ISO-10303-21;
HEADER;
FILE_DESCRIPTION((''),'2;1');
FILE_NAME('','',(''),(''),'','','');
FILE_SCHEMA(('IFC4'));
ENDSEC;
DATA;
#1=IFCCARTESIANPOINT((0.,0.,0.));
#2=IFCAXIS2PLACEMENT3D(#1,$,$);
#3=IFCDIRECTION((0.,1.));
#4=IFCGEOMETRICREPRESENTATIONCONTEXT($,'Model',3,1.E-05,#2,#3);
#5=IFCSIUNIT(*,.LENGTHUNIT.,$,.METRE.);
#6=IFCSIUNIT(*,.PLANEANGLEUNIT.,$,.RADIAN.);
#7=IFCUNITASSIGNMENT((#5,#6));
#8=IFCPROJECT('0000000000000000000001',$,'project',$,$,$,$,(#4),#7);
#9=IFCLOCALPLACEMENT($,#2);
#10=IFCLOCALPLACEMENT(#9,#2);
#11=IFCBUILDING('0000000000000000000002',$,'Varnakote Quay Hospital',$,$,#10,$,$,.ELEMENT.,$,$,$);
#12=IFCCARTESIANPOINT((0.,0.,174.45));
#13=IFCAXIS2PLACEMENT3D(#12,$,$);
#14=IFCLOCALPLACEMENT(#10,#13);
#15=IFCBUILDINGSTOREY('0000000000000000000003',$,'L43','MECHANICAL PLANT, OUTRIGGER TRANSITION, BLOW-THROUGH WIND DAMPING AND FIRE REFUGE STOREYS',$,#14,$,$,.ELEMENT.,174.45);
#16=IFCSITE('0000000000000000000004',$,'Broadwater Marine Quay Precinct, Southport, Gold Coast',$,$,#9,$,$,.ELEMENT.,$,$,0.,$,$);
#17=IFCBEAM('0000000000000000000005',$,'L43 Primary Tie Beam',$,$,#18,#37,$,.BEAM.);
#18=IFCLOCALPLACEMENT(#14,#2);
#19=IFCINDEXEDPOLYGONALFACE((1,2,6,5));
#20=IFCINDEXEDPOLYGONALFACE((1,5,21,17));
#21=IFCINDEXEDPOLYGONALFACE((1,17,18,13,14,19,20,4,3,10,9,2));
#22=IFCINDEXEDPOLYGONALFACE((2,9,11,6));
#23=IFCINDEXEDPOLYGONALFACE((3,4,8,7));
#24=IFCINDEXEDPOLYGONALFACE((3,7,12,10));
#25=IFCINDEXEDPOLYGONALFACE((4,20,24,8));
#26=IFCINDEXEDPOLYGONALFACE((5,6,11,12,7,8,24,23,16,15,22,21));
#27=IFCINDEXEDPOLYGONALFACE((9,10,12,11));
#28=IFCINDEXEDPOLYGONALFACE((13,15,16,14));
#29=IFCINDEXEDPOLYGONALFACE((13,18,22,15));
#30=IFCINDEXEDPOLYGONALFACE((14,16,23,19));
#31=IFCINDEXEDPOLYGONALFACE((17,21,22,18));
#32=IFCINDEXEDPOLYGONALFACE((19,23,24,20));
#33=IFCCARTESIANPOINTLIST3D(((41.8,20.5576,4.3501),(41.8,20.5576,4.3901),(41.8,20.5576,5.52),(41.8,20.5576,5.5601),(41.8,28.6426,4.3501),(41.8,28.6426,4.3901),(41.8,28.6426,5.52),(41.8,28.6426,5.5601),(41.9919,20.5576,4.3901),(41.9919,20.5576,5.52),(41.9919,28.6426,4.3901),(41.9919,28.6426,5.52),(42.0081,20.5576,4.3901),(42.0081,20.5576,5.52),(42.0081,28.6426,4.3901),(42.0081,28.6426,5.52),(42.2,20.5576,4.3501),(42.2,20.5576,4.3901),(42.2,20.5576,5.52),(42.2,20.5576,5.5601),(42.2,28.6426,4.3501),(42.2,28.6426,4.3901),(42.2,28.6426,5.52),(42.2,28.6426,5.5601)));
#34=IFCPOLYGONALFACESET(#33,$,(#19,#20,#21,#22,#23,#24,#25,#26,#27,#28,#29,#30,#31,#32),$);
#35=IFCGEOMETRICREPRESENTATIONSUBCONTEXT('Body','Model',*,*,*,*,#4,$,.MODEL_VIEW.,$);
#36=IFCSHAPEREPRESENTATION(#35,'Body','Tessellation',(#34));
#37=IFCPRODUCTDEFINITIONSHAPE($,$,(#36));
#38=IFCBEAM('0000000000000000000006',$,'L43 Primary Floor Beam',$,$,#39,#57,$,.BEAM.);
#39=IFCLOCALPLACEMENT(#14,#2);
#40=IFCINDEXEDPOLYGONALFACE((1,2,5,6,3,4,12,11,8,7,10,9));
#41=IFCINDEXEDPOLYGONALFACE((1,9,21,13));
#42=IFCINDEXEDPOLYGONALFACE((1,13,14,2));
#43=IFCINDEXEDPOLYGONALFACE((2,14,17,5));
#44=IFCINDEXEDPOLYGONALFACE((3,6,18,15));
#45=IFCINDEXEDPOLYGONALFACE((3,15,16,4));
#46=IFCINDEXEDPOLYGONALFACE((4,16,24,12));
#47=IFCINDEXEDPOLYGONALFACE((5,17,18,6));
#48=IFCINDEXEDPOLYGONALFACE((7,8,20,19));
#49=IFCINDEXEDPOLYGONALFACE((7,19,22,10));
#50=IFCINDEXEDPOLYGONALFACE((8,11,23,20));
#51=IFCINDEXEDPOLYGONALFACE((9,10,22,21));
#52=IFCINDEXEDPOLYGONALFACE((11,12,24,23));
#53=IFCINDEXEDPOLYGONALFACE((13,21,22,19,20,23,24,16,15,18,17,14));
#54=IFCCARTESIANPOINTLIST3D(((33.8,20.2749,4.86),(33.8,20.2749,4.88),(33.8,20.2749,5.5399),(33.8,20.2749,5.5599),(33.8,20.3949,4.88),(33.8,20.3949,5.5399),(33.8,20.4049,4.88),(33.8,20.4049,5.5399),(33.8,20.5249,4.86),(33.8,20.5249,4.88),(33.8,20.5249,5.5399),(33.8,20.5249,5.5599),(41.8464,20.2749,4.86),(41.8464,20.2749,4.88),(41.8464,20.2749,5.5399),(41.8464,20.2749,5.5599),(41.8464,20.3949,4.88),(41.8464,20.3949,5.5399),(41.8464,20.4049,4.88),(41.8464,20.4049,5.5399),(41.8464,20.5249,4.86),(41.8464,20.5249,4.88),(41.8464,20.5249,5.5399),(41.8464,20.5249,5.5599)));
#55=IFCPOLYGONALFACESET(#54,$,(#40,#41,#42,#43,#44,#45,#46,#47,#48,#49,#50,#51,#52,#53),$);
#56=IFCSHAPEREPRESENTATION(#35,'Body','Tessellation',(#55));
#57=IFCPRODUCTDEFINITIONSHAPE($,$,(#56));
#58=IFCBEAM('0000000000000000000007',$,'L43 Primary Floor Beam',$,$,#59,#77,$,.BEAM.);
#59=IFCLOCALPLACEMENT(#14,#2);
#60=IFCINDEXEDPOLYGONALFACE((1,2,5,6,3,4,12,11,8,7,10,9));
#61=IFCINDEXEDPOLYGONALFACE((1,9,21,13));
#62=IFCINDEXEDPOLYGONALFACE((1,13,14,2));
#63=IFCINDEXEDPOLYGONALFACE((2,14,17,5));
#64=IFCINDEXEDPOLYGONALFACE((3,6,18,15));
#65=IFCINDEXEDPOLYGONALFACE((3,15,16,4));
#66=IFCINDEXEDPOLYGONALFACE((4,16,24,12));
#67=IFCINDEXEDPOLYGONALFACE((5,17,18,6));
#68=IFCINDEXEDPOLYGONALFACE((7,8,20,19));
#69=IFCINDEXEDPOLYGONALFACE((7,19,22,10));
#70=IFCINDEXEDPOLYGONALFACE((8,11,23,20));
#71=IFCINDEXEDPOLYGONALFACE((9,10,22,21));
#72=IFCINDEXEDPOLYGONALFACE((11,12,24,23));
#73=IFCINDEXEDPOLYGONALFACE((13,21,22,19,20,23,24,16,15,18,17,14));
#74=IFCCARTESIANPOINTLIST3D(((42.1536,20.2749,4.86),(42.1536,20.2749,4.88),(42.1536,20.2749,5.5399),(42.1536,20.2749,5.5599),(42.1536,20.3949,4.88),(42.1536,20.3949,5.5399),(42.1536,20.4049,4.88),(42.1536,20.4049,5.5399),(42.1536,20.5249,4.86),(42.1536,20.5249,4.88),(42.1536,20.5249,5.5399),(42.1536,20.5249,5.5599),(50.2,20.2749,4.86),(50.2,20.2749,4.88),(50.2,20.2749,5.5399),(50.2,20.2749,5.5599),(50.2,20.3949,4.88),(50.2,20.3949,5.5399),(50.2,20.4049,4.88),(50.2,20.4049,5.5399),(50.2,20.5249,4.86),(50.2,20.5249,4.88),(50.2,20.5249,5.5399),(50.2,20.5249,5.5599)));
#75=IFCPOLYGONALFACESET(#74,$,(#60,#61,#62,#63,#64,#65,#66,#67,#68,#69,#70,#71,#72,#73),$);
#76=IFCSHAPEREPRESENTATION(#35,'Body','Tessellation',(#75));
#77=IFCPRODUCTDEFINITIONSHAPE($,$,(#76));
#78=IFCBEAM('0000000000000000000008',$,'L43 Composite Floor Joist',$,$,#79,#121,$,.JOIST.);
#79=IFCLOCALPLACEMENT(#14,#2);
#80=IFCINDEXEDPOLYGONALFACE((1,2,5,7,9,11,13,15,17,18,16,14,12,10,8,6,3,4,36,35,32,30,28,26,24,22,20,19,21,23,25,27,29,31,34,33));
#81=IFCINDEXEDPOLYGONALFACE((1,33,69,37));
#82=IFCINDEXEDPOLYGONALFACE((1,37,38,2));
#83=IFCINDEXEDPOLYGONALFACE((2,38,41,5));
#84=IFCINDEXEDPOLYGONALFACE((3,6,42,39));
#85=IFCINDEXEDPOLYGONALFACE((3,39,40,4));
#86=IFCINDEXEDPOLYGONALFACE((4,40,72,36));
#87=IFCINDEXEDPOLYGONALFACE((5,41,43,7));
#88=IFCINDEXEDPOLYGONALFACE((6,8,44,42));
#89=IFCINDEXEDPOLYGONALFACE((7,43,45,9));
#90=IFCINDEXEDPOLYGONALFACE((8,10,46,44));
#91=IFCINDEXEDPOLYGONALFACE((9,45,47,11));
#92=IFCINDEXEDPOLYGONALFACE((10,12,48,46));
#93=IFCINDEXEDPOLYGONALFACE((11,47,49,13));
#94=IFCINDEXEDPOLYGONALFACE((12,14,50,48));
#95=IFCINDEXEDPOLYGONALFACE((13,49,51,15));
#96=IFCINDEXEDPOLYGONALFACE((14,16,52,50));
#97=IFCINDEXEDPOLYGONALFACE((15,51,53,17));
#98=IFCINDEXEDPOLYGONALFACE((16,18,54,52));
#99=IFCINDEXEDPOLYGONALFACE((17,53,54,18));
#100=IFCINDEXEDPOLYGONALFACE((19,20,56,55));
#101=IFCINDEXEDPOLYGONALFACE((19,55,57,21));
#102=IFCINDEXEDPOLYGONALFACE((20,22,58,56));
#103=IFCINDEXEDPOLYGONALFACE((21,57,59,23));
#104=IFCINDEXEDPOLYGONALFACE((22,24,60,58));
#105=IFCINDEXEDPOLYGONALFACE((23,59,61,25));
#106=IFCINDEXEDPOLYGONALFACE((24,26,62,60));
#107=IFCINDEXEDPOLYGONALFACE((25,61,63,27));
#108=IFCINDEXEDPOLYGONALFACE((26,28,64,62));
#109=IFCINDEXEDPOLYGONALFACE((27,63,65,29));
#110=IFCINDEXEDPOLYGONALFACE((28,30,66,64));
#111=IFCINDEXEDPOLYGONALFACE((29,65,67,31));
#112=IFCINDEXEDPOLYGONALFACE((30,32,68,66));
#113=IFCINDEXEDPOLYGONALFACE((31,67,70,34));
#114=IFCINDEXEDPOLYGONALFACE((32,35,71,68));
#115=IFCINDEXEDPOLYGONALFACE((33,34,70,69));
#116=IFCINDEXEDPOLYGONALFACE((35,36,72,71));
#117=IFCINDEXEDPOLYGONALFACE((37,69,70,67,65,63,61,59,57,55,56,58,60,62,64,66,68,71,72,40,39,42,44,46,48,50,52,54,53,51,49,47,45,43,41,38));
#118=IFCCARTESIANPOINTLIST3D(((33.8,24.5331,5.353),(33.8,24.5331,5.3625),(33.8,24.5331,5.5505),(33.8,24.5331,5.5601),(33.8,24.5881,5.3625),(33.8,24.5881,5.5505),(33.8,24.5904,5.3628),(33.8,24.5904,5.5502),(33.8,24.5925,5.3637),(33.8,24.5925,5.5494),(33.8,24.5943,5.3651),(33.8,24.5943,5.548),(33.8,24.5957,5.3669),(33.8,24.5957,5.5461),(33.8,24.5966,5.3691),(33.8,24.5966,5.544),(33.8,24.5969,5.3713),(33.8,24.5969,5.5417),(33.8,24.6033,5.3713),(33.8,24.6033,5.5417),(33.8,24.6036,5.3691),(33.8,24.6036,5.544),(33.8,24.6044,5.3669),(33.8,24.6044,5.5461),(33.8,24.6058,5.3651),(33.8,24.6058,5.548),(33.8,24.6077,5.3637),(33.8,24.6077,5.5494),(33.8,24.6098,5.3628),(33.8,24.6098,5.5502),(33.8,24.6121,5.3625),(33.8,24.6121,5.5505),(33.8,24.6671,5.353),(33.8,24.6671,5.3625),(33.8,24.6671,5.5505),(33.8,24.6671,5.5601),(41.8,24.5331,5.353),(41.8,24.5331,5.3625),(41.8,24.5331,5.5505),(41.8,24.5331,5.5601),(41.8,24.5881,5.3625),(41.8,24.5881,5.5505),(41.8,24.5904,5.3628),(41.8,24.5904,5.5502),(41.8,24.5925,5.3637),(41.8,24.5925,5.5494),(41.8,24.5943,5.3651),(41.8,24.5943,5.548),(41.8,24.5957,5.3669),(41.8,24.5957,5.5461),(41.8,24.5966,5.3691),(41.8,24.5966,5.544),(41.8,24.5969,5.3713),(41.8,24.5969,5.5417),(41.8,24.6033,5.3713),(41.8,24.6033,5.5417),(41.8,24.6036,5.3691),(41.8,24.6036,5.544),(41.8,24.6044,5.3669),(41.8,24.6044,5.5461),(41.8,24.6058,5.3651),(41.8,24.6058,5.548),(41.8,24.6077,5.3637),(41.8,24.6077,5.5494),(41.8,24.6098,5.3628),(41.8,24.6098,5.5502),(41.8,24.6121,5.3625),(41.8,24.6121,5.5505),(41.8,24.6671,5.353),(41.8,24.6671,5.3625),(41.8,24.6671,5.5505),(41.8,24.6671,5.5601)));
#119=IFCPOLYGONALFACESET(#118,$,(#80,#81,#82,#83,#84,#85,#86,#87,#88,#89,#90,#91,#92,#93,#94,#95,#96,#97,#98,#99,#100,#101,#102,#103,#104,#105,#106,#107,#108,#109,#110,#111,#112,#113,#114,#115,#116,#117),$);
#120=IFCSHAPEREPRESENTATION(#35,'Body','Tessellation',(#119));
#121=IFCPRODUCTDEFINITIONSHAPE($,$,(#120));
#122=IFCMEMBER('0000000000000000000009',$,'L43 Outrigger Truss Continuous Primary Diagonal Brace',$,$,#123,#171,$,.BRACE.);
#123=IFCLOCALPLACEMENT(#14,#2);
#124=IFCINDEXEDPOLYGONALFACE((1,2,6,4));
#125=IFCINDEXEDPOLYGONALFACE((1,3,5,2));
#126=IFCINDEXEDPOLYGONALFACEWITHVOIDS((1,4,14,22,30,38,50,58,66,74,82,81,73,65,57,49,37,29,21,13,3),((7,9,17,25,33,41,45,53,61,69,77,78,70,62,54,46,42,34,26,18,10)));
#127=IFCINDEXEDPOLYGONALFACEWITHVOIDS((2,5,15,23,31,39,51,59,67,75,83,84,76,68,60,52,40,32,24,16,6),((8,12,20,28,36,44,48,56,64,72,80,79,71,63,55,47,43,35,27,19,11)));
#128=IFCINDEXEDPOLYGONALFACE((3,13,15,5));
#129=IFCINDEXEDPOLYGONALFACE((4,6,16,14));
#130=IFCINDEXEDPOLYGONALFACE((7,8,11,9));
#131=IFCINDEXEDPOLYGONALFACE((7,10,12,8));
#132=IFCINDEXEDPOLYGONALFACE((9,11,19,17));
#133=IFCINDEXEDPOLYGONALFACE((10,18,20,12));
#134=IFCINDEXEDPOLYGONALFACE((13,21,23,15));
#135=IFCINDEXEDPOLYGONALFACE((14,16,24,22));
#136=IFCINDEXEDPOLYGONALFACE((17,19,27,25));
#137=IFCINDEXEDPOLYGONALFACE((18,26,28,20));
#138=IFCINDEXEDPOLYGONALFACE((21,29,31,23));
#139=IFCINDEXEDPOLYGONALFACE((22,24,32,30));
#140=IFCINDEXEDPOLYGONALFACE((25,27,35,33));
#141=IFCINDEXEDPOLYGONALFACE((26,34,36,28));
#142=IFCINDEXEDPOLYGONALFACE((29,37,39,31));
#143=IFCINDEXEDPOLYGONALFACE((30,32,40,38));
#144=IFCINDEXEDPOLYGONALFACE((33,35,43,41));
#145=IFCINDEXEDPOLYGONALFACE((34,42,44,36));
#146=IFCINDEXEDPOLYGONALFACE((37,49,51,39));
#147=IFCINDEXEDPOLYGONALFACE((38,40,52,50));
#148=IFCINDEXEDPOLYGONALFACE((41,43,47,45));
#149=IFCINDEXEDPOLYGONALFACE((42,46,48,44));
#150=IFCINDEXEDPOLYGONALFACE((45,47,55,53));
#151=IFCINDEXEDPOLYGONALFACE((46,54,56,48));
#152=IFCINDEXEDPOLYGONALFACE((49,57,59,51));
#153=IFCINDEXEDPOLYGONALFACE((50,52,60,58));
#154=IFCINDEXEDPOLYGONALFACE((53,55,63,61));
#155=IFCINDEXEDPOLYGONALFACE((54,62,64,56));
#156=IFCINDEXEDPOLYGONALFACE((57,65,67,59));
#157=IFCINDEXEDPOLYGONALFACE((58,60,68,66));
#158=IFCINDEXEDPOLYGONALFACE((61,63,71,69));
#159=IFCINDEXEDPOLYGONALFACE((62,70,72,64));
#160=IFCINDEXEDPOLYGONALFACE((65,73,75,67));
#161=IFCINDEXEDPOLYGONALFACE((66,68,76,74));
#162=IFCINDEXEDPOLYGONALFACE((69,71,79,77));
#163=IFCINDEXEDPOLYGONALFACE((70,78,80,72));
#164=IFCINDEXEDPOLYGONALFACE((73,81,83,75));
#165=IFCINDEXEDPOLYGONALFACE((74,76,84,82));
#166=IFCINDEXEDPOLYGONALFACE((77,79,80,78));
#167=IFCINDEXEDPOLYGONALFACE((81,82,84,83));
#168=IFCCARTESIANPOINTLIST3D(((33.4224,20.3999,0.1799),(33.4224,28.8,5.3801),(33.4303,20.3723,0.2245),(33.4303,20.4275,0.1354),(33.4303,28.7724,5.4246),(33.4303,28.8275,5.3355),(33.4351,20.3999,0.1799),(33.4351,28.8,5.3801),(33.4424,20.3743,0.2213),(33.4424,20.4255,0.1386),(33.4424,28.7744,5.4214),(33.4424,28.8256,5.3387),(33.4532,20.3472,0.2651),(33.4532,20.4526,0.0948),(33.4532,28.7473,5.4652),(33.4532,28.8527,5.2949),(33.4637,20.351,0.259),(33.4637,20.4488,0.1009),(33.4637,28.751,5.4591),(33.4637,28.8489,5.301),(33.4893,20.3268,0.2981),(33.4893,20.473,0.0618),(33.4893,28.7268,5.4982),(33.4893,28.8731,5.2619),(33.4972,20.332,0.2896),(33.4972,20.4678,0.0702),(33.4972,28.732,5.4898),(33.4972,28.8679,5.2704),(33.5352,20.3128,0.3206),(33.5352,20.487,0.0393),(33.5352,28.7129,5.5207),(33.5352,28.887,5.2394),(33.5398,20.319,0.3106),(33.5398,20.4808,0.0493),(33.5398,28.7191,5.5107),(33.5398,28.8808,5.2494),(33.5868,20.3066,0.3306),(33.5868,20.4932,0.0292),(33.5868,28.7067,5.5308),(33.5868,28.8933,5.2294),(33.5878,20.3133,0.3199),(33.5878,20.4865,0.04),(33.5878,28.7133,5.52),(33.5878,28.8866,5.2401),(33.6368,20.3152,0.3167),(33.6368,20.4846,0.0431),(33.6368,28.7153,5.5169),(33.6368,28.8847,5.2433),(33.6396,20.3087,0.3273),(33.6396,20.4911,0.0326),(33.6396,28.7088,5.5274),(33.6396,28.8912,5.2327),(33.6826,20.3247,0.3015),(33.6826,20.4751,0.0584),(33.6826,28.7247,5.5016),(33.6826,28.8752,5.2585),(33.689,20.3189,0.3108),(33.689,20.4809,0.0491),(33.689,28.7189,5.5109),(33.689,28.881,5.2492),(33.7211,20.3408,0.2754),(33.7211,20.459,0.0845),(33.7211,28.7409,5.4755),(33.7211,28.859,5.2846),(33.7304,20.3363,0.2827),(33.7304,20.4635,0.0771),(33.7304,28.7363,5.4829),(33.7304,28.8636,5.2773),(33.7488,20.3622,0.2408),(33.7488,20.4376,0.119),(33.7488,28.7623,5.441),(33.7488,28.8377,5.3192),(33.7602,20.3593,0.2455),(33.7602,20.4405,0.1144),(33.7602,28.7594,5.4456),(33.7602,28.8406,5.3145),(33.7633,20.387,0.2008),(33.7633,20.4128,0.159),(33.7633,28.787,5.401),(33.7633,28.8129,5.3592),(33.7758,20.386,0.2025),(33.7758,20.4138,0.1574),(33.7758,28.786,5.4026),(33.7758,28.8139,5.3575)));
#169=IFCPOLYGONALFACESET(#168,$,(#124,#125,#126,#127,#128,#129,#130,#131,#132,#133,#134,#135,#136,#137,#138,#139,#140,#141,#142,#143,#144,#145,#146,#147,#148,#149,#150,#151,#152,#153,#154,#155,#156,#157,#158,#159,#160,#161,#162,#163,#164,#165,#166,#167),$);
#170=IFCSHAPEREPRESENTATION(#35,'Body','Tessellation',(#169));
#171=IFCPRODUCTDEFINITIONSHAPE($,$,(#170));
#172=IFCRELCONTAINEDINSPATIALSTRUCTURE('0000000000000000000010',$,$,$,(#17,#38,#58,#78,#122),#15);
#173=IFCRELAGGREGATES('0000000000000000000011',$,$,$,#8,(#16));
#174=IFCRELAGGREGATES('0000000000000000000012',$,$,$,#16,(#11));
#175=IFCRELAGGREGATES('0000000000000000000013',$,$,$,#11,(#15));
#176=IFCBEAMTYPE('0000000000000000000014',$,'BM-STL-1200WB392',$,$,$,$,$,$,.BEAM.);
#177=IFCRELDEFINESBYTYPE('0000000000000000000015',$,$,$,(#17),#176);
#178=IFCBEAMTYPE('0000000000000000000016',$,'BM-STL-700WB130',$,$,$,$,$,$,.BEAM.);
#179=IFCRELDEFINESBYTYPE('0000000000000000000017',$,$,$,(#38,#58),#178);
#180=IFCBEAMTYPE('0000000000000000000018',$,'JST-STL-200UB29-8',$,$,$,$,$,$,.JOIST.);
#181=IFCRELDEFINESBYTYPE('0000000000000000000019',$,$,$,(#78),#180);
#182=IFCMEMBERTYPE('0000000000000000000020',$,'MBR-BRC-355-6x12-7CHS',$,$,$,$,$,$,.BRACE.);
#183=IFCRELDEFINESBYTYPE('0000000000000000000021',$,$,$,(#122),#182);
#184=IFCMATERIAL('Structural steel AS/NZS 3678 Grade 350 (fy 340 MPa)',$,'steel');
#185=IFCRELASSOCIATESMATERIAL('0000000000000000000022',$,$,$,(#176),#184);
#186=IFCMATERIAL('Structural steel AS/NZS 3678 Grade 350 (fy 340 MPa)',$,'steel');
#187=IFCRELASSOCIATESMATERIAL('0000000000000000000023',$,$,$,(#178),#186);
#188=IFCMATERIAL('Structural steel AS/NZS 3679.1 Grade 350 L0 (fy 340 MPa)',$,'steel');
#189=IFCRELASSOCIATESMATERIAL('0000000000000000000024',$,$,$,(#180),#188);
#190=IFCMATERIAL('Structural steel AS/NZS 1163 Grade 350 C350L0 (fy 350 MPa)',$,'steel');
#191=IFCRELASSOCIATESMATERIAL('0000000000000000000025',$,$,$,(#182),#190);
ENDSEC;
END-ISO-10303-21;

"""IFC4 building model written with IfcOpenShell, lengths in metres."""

from ifc_helpers import new_model, si_unit, direction, frame, origin, origin_2d, place, context, subcontext, project, spatial, hollow_circle, i_section, extrude, material, material_profile, profile_set, type_object, element, save


model = new_model("IFC4")

# Units and contexts
model_context = context("Model", 3, precision=1e-05, world=origin(), true_north=direction((0.0, 1.0)))
body_context = subcontext(model_context, "Body", "Model", "MODEL_VIEW")
ifc_project = project(units=[si_unit("LENGTHUNIT", "METRE"), si_unit("PLANEANGLEUNIT", "RADIAN")], contexts=[model_context])

# Site, building, storey
site_placement = place(None, origin())
site = spatial("IfcSite", under=ifc_project, at=site_placement, Name="Broadwater Marine Quay Precinct, Southport, Gold Coast", CompositionType="ELEMENT", RefElevation=0.0)
building_placement = place(site_placement, origin())
building = spatial("IfcBuilding", under=site, at=building_placement, Name="Varnakote Quay Hospital", CompositionType="ELEMENT")
storey_placement = place(building_placement, frame((0.0, 0.0, 174.45)))
storey = spatial("IfcBuildingStorey", under=building, at=storey_placement, Name="L43", Description="MECHANICAL PLANT, OUTRIGGER TRANSITION, BLOW-THROUGH WIND DAMPING AND FIRE REFUGE STOREYS", CompositionType="ELEMENT", Elevation=174.45)

# Beams
ifc_material_1 = material(Name="Structural steel AS/NZS 3678 Grade 350 (fy 340 MPa)", Category="steel")
ifc_material_profile_1 = material_profile(ifc_material_1, i_section(OverallWidth=0.3999, OverallDepth=1.21, WebThickness=0.0161, FlangeThickness=0.04, at=origin_2d()), Name="1200WB392")
ifc_profile_set_1 = profile_set([ifc_material_profile_1], Name="Structural steel AS/NZS 3678 Grade 350 (fy 340 MPa)")
beam_type_1 = type_object("IfcBeamType", Name="BM-STL-1200WB392", PredefinedType="BEAM", material=ifc_profile_set_1)
beam_1_placement = place(storey_placement, frame((42.0, 20.5576, 4.9551), z_axis=(0.0, 1.0, 0.0), x_axis=(-1.0, 0.0, 0.0)))
element("IfcBeam", 1, at=beam_1_placement, inside=storey, type_object=beam_type_1, Name="L43 Primary Tie Beam", PredefinedType="BEAM", context=body_context, shape_type="SweptSolid", body=[
    extrude(i_section(OverallWidth=0.3999, OverallDepth=1.21, WebThickness=0.0161, FlangeThickness=0.04, at=origin_2d()), origin(), (0.0, 0.0, 1.0), 8.085),
])
ifc_material_2 = material(Name="Structural steel AS/NZS 3678 Grade 350 (fy 340 MPa)", Category="steel")
ifc_material_profile_2 = material_profile(ifc_material_2, i_section(OverallWidth=0.25, OverallDepth=0.7, WebThickness=0.01, FlangeThickness=0.02, at=origin_2d()), Name="700WB130")
ifc_profile_set_2 = profile_set([ifc_material_profile_2], Name="Structural steel AS/NZS 3678 Grade 350 (fy 340 MPa)")
beam_type_2 = type_object("IfcBeamType", Name="BM-STL-700WB130", PredefinedType="BEAM", material=ifc_profile_set_2)
for number, where, z_axis, x_axis, name in (
    (2, (33.8, 20.3999, 5.21), (1.0, 0.0, 0.0), (0.0, 1.0, 0.0), "L43 Primary Floor Beam"),
    (3, (42.1536, 20.3999, 5.21), (1.0, 0.0, 0.0), (0.0, 1.0, 0.0), "L43 Primary Floor Beam"),
):
    element("IfcBeam", number, at=place(storey_placement, frame(where, z_axis=z_axis, x_axis=x_axis)), inside=storey, type_object=beam_type_2, Name=name, PredefinedType="BEAM", context=body_context, shape_type="SweptSolid", body=[
        extrude(i_section(OverallWidth=0.25, OverallDepth=0.7, WebThickness=0.01, FlangeThickness=0.02, at=origin_2d()), origin(), (0.0, 0.0, 1.0), 8.0464),
    ])
ifc_material_3 = material(Name="Structural steel AS/NZS 3679.1 Grade 350 L0 (fy 340 MPa)", Category="steel")
ifc_material_profile_3 = material_profile(ifc_material_3, i_section(OverallWidth=0.134, OverallDepth=0.207, WebThickness=0.0063, FlangeThickness=0.0095, FilletRadius=0.0088, at=origin_2d()), Name="200UB29.8")
ifc_profile_set_3 = profile_set([ifc_material_profile_3], Name="Structural steel AS/NZS 3679.1 Grade 350 L0 (fy 340 MPa)")
beam_type_3 = type_object("IfcBeamType", Name="JST-STL-200UB29-8", PredefinedType="JOIST", material=ifc_profile_set_3)
beam_2_placement = place(storey_placement, frame((33.8, 24.6001, 5.4565), z_axis=(1.0, 0.0, 0.0), x_axis=(0.0, 1.0, 0.0)))
element("IfcBeam", 4, at=beam_2_placement, inside=storey, type_object=beam_type_3, Name="L43 Composite Floor Joist", PredefinedType="JOIST", context=body_context, shape_type="SweptSolid", body=[
    extrude(i_section(OverallWidth=0.134, OverallDepth=0.207, WebThickness=0.0063, FlangeThickness=0.0095, FilletRadius=0.0088, at=origin_2d()), origin(), (0.0, 0.0, 1.0), 8.0),
])

# Member
ifc_material_4 = material(Name="Structural steel AS/NZS 1163 Grade 350 C350L0 (fy 350 MPa)", Category="steel")
ifc_material_profile_4 = material_profile(ifc_material_4, hollow_circle(Radius=0.1777, WallThickness=0.0127, at=origin_2d()), Name="355.6x12.7CHS")
ifc_profile_set_4 = profile_set([ifc_material_profile_4], Name="Structural steel AS/NZS 1163 Grade 350 C350L0 (fy 350 MPa)")
member_type_1 = type_object("IfcMemberType", Name="MBR-BRC-355-6x12-7CHS", PredefinedType="BRACE", material=ifc_profile_set_4)
member_1_placement = place(storey_placement, frame((33.6001, 20.3999, 0.1799), z_axis=(0.0, 0.85026, 0.526362), x_axis=(-1.0, 0.0, 0.0)))
element("IfcMember", 5, at=member_1_placement, inside=storey, type_object=member_type_1, Name="L43 Outrigger Truss Continuous Primary Diagonal Brace", PredefinedType="BRACE", context=body_context, shape_type="SweptSolid", body=[
    extrude(hollow_circle(Radius=0.1777, WallThickness=0.0127, at=origin_2d()), origin(), (0.0, 0.0, 1.0), 9.8794),
])

save(model, "model.ifc")
